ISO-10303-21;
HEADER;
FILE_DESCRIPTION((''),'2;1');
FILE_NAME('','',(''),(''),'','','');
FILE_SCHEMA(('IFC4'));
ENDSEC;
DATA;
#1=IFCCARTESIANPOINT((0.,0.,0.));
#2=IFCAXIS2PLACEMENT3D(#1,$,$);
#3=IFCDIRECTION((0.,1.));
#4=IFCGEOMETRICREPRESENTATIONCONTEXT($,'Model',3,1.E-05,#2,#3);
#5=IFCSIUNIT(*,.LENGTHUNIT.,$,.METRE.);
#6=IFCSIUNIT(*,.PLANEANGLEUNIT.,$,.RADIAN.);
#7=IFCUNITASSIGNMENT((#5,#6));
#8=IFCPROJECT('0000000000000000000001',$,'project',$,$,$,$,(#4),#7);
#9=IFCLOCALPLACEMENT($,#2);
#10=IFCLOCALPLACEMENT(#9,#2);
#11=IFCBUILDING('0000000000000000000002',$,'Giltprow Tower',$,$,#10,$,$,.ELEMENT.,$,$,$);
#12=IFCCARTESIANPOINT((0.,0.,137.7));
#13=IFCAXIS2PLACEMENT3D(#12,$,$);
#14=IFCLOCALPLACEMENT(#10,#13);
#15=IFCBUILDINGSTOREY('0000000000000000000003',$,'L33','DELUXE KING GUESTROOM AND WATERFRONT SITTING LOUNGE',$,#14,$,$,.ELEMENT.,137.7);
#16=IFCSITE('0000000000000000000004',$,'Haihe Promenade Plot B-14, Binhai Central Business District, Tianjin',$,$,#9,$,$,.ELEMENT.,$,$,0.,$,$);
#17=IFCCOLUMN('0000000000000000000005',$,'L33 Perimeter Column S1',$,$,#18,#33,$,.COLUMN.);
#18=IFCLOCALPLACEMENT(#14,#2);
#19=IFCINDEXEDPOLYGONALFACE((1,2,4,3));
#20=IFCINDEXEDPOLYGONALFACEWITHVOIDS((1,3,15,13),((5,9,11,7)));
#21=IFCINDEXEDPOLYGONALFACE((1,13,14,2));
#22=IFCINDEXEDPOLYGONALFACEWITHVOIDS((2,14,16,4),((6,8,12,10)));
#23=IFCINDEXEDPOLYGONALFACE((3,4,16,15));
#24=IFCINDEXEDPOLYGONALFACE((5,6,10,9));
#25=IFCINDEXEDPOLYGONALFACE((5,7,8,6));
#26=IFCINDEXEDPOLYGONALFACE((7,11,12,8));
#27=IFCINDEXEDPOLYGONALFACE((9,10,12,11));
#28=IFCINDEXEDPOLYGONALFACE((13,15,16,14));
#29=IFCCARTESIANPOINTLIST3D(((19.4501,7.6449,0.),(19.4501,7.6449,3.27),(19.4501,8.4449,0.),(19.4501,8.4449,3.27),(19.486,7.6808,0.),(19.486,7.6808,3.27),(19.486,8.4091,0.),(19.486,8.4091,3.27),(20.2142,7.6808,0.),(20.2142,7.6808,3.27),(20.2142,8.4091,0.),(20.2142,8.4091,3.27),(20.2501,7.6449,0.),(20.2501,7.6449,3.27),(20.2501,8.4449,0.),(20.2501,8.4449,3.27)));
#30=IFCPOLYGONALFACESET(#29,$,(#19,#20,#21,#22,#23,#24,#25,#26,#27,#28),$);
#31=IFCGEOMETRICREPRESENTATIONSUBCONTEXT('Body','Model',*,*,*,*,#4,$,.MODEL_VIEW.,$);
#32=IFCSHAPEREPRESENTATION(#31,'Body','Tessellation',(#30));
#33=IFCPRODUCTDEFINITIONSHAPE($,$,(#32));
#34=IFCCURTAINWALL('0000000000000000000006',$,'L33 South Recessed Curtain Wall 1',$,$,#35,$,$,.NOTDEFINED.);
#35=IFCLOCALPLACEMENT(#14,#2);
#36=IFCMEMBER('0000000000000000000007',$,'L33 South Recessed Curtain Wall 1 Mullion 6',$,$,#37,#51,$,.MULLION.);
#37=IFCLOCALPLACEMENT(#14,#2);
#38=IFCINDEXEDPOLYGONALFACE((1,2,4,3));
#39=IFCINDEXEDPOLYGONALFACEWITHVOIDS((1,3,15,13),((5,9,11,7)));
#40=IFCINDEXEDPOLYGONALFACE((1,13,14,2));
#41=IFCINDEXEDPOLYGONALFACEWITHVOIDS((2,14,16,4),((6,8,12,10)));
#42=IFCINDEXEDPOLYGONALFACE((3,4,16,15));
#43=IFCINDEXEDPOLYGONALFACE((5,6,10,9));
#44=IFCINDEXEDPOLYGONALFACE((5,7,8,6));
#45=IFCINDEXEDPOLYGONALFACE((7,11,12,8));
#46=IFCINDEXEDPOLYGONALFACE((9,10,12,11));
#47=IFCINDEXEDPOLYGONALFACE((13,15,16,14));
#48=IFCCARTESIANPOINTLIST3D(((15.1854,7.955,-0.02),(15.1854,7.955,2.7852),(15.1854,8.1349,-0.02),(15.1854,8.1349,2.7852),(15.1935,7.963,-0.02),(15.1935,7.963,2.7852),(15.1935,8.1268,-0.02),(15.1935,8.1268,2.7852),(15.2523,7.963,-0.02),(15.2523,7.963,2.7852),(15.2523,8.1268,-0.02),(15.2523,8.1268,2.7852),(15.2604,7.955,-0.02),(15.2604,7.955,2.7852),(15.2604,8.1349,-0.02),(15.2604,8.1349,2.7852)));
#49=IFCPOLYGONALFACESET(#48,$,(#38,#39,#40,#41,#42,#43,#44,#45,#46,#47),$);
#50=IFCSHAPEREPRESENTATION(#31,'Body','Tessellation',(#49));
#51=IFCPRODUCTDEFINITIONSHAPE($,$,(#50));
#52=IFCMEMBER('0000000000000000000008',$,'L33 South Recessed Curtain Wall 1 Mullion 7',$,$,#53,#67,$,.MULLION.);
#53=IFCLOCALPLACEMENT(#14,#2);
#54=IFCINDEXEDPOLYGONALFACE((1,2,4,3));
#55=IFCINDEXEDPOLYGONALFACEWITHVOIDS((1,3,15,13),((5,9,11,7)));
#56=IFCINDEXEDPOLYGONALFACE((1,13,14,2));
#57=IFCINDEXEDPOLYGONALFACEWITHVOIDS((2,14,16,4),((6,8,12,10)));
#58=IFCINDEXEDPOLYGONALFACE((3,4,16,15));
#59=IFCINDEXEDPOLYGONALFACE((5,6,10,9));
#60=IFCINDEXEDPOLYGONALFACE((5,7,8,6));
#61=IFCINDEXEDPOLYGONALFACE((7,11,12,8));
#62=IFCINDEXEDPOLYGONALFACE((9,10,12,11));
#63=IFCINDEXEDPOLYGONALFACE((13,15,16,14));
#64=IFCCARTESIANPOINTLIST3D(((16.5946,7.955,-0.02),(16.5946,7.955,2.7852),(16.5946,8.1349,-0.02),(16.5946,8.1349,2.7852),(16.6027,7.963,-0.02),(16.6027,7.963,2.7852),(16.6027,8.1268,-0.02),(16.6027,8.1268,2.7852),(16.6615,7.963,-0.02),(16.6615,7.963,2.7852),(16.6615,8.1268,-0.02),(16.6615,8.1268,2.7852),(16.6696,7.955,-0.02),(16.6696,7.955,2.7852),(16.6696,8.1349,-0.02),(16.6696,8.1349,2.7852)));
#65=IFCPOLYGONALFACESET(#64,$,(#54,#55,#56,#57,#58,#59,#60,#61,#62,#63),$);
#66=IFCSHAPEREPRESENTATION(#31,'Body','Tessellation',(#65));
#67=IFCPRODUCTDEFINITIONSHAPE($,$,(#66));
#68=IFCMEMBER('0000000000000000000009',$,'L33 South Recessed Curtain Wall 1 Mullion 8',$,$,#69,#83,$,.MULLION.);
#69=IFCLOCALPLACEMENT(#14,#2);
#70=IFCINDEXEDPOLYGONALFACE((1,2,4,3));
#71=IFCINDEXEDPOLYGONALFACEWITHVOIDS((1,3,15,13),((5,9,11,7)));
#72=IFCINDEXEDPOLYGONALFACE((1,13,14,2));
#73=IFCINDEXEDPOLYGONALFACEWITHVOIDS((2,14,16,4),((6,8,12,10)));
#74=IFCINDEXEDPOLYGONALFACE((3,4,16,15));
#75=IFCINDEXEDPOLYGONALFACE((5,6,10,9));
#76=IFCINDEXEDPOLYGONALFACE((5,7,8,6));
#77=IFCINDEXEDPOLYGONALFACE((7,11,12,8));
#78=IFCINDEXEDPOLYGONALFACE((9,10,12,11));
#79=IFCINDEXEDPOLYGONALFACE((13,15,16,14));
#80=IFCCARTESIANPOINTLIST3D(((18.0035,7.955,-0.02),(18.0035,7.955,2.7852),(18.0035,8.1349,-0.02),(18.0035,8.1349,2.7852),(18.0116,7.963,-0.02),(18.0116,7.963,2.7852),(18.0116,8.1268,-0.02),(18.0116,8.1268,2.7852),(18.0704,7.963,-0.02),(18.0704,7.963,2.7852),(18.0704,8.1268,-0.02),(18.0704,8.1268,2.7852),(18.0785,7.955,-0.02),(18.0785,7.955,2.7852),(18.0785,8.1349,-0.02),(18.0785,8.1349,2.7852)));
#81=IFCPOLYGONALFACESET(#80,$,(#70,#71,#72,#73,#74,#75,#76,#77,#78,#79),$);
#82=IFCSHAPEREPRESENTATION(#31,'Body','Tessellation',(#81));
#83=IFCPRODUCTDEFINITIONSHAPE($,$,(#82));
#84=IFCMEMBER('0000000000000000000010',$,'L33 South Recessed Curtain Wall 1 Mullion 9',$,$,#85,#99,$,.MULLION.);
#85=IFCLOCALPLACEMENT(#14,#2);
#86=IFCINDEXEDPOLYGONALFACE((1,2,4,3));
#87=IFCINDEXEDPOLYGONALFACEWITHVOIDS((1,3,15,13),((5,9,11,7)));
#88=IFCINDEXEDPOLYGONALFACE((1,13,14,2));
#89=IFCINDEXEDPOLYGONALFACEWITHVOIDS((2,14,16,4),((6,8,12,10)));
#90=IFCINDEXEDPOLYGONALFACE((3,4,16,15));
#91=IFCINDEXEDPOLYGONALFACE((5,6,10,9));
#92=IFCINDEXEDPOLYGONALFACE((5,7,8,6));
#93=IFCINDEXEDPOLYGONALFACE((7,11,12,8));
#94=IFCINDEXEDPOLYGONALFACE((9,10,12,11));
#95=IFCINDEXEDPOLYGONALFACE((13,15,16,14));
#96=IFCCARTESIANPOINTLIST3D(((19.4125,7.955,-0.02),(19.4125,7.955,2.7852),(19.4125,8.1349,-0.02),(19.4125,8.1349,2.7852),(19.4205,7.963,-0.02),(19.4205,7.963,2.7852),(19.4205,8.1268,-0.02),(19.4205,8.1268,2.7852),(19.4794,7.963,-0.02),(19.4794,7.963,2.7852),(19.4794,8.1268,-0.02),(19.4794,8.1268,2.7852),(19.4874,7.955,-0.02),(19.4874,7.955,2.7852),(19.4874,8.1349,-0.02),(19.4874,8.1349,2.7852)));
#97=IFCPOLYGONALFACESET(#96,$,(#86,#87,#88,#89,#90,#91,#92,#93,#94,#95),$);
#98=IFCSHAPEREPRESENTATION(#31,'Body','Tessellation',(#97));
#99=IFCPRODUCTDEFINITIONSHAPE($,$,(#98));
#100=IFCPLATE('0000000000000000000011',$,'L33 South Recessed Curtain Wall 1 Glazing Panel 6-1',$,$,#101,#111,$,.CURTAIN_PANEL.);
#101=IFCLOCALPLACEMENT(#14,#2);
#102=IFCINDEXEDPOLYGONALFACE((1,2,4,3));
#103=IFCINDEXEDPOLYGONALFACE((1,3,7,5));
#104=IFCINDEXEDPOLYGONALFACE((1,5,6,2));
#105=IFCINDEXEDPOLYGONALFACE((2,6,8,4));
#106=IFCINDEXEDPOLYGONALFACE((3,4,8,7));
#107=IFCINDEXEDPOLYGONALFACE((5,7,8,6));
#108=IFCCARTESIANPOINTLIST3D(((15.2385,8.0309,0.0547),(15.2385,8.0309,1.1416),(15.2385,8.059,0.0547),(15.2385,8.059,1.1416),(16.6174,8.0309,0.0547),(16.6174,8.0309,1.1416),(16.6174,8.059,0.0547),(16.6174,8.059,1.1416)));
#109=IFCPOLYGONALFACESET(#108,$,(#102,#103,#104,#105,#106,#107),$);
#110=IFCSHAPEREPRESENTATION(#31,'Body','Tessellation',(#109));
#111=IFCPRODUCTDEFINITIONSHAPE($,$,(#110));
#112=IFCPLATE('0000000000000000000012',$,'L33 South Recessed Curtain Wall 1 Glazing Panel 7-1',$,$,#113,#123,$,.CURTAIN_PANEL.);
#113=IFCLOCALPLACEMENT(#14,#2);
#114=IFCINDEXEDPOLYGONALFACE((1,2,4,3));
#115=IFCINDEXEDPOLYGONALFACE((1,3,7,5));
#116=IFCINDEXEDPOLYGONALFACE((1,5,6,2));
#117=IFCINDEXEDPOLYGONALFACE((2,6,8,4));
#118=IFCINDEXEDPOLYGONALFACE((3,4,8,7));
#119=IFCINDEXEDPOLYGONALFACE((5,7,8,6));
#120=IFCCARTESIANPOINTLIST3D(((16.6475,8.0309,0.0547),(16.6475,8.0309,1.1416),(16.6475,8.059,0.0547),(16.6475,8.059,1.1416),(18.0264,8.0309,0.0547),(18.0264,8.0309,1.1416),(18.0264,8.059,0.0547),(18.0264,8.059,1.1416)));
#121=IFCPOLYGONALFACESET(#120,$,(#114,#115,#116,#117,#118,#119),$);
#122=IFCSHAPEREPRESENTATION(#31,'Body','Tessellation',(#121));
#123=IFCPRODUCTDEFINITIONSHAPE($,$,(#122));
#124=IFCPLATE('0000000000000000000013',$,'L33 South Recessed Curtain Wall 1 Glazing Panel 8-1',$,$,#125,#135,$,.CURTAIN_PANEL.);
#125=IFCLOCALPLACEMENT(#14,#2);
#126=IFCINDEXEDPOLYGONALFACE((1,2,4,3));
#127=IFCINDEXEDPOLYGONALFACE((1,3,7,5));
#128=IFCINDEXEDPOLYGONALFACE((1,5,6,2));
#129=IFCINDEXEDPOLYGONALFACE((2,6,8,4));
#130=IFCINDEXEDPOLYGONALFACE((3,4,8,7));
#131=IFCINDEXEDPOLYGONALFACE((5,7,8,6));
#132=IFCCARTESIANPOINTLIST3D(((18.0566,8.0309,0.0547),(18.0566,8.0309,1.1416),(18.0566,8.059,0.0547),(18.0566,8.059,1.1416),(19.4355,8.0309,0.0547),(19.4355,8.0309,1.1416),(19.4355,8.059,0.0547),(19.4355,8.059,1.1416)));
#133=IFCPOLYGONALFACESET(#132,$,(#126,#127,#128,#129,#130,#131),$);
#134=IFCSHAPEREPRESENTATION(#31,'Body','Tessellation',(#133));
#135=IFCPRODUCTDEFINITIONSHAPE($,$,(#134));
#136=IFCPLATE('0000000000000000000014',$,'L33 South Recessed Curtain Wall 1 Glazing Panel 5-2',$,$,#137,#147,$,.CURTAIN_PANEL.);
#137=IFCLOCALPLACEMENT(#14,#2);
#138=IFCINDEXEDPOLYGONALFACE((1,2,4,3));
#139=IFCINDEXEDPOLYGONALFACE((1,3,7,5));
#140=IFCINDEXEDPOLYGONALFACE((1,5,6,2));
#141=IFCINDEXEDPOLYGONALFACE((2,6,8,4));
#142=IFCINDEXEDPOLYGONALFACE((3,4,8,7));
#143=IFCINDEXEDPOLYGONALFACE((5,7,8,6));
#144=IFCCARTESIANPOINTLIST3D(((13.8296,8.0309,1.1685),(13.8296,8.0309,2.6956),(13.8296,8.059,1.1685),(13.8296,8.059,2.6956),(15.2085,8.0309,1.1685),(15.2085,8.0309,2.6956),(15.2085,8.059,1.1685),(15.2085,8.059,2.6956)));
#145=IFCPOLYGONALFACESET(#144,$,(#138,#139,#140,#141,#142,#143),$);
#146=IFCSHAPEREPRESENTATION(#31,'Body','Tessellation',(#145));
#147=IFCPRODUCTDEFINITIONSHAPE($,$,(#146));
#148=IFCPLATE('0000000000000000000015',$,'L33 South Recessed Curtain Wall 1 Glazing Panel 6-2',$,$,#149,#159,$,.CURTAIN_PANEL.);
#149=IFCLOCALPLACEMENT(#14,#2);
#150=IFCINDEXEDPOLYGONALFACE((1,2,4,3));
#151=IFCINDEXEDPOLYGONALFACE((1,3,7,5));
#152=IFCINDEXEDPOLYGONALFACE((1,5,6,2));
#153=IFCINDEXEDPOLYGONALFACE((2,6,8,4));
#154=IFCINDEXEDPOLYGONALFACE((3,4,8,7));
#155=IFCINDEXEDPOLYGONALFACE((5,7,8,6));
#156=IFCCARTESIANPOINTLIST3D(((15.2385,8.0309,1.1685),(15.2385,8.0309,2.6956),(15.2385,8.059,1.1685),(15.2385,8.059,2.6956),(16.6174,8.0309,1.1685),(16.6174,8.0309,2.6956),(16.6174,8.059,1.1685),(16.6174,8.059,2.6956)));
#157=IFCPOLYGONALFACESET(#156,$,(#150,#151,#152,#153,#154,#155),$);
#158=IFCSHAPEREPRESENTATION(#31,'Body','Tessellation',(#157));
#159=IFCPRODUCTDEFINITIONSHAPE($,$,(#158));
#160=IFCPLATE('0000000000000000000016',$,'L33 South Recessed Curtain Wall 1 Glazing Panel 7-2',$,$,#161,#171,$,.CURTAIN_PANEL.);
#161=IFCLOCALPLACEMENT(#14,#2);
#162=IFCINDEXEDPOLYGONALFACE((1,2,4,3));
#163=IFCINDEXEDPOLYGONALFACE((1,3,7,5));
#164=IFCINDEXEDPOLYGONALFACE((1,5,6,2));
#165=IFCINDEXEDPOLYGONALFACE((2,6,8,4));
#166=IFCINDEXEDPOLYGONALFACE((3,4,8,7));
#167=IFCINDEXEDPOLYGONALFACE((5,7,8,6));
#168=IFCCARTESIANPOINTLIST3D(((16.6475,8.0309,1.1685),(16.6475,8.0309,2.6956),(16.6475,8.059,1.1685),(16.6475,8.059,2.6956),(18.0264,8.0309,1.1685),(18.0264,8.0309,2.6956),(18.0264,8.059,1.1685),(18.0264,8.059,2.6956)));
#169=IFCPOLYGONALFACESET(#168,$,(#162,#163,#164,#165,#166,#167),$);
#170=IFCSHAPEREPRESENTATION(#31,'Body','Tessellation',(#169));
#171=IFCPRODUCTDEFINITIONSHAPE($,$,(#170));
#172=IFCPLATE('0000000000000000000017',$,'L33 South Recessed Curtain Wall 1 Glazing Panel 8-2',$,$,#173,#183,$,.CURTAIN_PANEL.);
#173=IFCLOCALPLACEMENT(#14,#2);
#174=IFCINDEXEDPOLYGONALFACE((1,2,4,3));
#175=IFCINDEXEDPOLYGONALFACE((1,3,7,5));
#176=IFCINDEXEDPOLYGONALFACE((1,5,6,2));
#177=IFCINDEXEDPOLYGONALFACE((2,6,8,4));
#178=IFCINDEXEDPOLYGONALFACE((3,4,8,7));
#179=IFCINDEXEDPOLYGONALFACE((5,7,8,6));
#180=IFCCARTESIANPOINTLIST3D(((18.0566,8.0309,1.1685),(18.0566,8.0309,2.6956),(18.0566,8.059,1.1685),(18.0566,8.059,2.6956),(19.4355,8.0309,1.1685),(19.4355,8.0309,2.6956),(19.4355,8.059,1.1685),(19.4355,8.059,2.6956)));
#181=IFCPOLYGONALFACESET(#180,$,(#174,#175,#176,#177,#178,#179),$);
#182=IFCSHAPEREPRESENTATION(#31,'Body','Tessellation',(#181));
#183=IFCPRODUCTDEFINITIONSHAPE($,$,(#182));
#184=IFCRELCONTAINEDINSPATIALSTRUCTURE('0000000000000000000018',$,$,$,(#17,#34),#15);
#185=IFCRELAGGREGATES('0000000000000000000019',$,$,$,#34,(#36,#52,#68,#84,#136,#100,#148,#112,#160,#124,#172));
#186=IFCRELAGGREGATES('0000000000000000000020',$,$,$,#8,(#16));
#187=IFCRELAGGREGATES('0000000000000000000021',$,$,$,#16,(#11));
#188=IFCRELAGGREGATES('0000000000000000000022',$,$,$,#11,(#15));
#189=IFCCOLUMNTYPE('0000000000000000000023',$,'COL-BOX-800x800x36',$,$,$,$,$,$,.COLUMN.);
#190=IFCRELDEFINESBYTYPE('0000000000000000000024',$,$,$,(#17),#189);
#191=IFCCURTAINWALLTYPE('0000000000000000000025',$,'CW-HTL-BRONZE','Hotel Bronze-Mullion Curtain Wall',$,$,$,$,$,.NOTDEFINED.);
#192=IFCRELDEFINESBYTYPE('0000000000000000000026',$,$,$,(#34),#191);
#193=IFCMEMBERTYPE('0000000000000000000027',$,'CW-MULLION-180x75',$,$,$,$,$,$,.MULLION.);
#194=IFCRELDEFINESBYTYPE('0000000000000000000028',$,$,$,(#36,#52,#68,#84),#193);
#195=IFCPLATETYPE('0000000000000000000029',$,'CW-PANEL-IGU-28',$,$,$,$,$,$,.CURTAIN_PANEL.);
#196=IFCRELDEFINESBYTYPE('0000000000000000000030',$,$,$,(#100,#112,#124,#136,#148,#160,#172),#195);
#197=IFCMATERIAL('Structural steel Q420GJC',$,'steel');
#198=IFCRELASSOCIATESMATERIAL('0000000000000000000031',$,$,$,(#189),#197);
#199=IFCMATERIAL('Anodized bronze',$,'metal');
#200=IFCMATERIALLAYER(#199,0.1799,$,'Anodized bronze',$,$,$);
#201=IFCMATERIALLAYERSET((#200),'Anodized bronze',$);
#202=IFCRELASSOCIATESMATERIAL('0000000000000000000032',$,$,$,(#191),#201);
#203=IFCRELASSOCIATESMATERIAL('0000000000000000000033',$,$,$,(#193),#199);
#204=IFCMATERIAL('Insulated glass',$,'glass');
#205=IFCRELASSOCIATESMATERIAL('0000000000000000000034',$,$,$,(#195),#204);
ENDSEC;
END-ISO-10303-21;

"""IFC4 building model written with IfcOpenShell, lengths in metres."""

from ifc_helpers import new_model, si_unit, direction, frame, origin, origin_2d, place, context, subcontext, project, spatial, rectangle, hollow_rectangle, extrude, source, transform, mapped, material, layer, layer_set, material_profile, profile_set, type_object, element, aggregate, save


model = new_model("IFC4")

# Units and contexts
model_context = context("Model", 3, precision=1e-05, world=origin(), true_north=direction((0.0, 1.0)))
body_context = subcontext(model_context, "Body", "Model", "MODEL_VIEW")
ifc_project = project(units=[si_unit("LENGTHUNIT", "METRE"), si_unit("PLANEANGLEUNIT", "RADIAN")], contexts=[model_context])

# Site, building, storey
site_placement = place(None, origin())
site = spatial("IfcSite", under=ifc_project, at=site_placement, Name="Haihe Promenade Plot B-14, Binhai Central Business District, Tianjin", CompositionType="ELEMENT", RefElevation=0.0)
building_placement = place(site_placement, origin())
building = spatial("IfcBuilding", under=site, at=building_placement, Name="Giltprow Tower", CompositionType="ELEMENT")
storey_placement = place(building_placement, frame((0.0, 0.0, 137.7)))
storey = spatial("IfcBuildingStorey", under=building, at=storey_placement, Name="L33", Description="DELUXE KING GUESTROOM AND WATERFRONT SITTING LOUNGE", CompositionType="ELEMENT", Elevation=137.7)

# Column
ifc_material_1 = material(Name="Structural steel Q420GJC", Category="steel")
ifc_material_profile_1 = material_profile(ifc_material_1, hollow_rectangle(XDim=0.8, YDim=0.8, WallThickness=0.0359, at=origin_2d()), Name="BOX 800x800x36")
ifc_profile_set_1 = profile_set([ifc_material_profile_1], Name="Structural steel Q420GJC")
column_type = type_object("IfcColumnType", Name="COL-BOX-800x800x36", PredefinedType="COLUMN", material=ifc_profile_set_1)
shared_shape_1 = source(origin(), body_context, "Body", "SweptSolid", [
    extrude(hollow_rectangle(XDim=0.8, YDim=0.8, WallThickness=0.0359, at=origin_2d()), origin(), (0.0, 0.0, 1.0), 3.27),
])
column_placement = place(storey_placement, frame((19.8501, 8.0449, 0.0), z_axis=(0.0, 0.0, 1.0), x_axis=(1.0, 0.0, 0.0)))
element("IfcColumn", 1, at=column_placement, inside=storey, type_object=column_type, Name="L33 Perimeter Column S1", PredefinedType="COLUMN", context=body_context, shape_type="MappedRepresentation", body=[
    mapped(shared_shape_1, transform((0.0, 0.0, 0.0), x_axis=(1.0, 0.0, 0.0), y_axis=(0.0, 1.0, 0.0), z_axis=(0.0, 0.0, 1.0), scale=1.0)),
])

# Curtain wall, members, plates
ifc_material_2 = material(Name="Anodized bronze", Category="metal")
ifc_layer = layer(ifc_material_2, 0.1799, Name="Anodized bronze")
ifc_layer_set = layer_set([ifc_layer], Name="Anodized bronze")
curtain_wall_type = type_object("IfcCurtainWallType", Name="CW-HTL-BRONZE", Description="Hotel Bronze-Mullion Curtain Wall", PredefinedType="NOTDEFINED", material=ifc_layer_set)
curtain_wall_placement = place(storey_placement, origin())
curtain_wall = element("IfcCurtainWall", 2, at=curtain_wall_placement, inside=storey, type_object=curtain_wall_type, Name="L33 South Recessed Curtain Wall 1", PredefinedType="NOTDEFINED")
ifc_material_profile_2 = material_profile(ifc_material_2, hollow_rectangle(XDim=0.075, YDim=0.1799, WallThickness=0.0081, at=origin_2d()), Name="RHS 180x75x8")
ifc_profile_set_2 = profile_set([ifc_material_profile_2], Name="Anodized bronze")
member_type = type_object("IfcMemberType", Name="CW-MULLION-180x75", PredefinedType="MULLION", material=ifc_profile_set_2)
shared_shape_2 = source(origin(), body_context, "Body", "SweptSolid", [
    extrude(hollow_rectangle(XDim=0.075, YDim=0.1799, WallThickness=0.0081, at=origin_2d()), origin(), (0.0, 0.0, 1.0), 2.8052),
])
member_1_placement = place(storey_placement, frame((15.2229, 8.0449, -0.02), z_axis=(0.0, 0.0, 1.0), x_axis=(1.0, 0.0, 0.0)))
member_1 = element("IfcMember", 3, at=member_1_placement, type_object=member_type, Name="L33 South Recessed Curtain Wall 1 Mullion 6", PredefinedType="MULLION", context=body_context, shape_type="MappedRepresentation", body=[
    mapped(shared_shape_2, transform((0.0, 0.0, 0.0), x_axis=(1.0, 0.0, 0.0), y_axis=(0.0, 1.0, 0.0), z_axis=(0.0, 0.0, 1.0), scale=1.0)),
])
member_2_placement = place(storey_placement, frame((16.6321, 8.0449, -0.02), z_axis=(0.0, 0.0, 1.0), x_axis=(1.0, 0.0, 0.0)))
member_2 = element("IfcMember", 4, at=member_2_placement, type_object=member_type, Name="L33 South Recessed Curtain Wall 1 Mullion 7", PredefinedType="MULLION", context=body_context, shape_type="MappedRepresentation", body=[
    mapped(shared_shape_2, transform((0.0, 0.0, 0.0), x_axis=(1.0, 0.0, 0.0), y_axis=(0.0, 1.0, 0.0), z_axis=(0.0, 0.0, 1.0), scale=1.0)),
])
member_3_placement = place(storey_placement, frame((18.041, 8.0449, -0.02), z_axis=(0.0, 0.0, 1.0), x_axis=(1.0, 0.0, 0.0)))
member_3 = element("IfcMember", 5, at=member_3_placement, type_object=member_type, Name="L33 South Recessed Curtain Wall 1 Mullion 8", PredefinedType="MULLION", context=body_context, shape_type="MappedRepresentation", body=[
    mapped(shared_shape_2, transform((0.0, 0.0, 0.0), x_axis=(1.0, 0.0, 0.0), y_axis=(0.0, 1.0, 0.0), z_axis=(0.0, 0.0, 1.0), scale=1.0)),
])
member_4_placement = place(storey_placement, frame((19.45, 8.0449, -0.02), z_axis=(0.0, 0.0, 1.0), x_axis=(1.0, 0.0, 0.0)))
member_4 = element("IfcMember", 6, at=member_4_placement, type_object=member_type, Name="L33 South Recessed Curtain Wall 1 Mullion 9", PredefinedType="MULLION", context=body_context, shape_type="MappedRepresentation", body=[
    mapped(shared_shape_2, transform((0.0, 0.0, 0.0), x_axis=(1.0, 0.0, 0.0), y_axis=(0.0, 1.0, 0.0), z_axis=(0.0, 0.0, 1.0), scale=1.0)),
])
ifc_material_3 = material(Name="Insulated glass", Category="glass")
plate_type = type_object("IfcPlateType", Name="CW-PANEL-IGU-28", PredefinedType="CURTAIN_PANEL", material=ifc_material_3)
shared_shape_3 = source(origin(), body_context, "Body", "SweptSolid", [
    extrude(rectangle(XDim=1.3789, YDim=0.0281, at=origin_2d()), origin(), (0.0, 0.0, 1.0), 1.0869),
])
plate_1_placement = place(storey_placement, frame((15.928, 8.0449, 0.0547), z_axis=(0.0, 0.0, 1.0), x_axis=(1.0, 0.0, 0.0)))
plate_1 = element("IfcPlate", 7, at=plate_1_placement, type_object=plate_type, Name="L33 South Recessed Curtain Wall 1 Glazing Panel 6-1", PredefinedType="CURTAIN_PANEL", context=body_context, shape_type="MappedRepresentation", body=[
    mapped(shared_shape_3, transform((0.0, 0.0, 0.0), x_axis=(1.0, 0.0, 0.0), y_axis=(0.0, 1.0, 0.0), z_axis=(0.0, 0.0, 1.0), scale=1.0)),
])
plate_2_placement = place(storey_placement, frame((17.3369, 8.0449, 0.0547), z_axis=(0.0, 0.0, 1.0), x_axis=(1.0, 0.0, 0.0)))
plate_2 = element("IfcPlate", 8, at=plate_2_placement, type_object=plate_type, Name="L33 South Recessed Curtain Wall 1 Glazing Panel 7-1", PredefinedType="CURTAIN_PANEL", context=body_context, shape_type="MappedRepresentation", body=[
    mapped(shared_shape_3, transform((0.0, 0.0, 0.0), x_axis=(1.0, 0.0, 0.0), y_axis=(0.0, 1.0, 0.0), z_axis=(0.0, 0.0, 1.0), scale=1.0)),
])
plate_3_placement = place(storey_placement, frame((18.7461, 8.0449, 0.0547), z_axis=(0.0, 0.0, 1.0), x_axis=(1.0, 0.0, 0.0)))
plate_3 = element("IfcPlate", 9, at=plate_3_placement, type_object=plate_type, Name="L33 South Recessed Curtain Wall 1 Glazing Panel 8-1", PredefinedType="CURTAIN_PANEL", context=body_context, shape_type="MappedRepresentation", body=[
    mapped(shared_shape_3, transform((0.0, 0.0, 0.0), x_axis=(1.0, 0.0, 0.0), y_axis=(0.0, 1.0, 0.0), z_axis=(0.0, 0.0, 1.0), scale=1.0)),
])
shared_shape_4 = source(origin(), body_context, "Body", "SweptSolid", [
    extrude(rectangle(XDim=1.3789, YDim=0.0281, at=origin_2d()), origin(), (0.0, 0.0, 1.0), 1.5271),
])
plate_4_placement = place(storey_placement, frame((14.519, 8.0449, 1.1685), z_axis=(0.0, 0.0, 1.0), x_axis=(1.0, 0.0, 0.0)))
plate_4 = element("IfcPlate", 10, at=plate_4_placement, type_object=plate_type, Name="L33 South Recessed Curtain Wall 1 Glazing Panel 5-2", PredefinedType="CURTAIN_PANEL", context=body_context, shape_type="MappedRepresentation", body=[
    mapped(shared_shape_4, transform((0.0, 0.0, 0.0), x_axis=(1.0, 0.0, 0.0), y_axis=(0.0, 1.0, 0.0), z_axis=(0.0, 0.0, 1.0), scale=1.0)),
])
plate_5_placement = place(storey_placement, frame((15.928, 8.0449, 1.1685), z_axis=(0.0, 0.0, 1.0), x_axis=(1.0, 0.0, 0.0)))
plate_5 = element("IfcPlate", 11, at=plate_5_placement, type_object=plate_type, Name="L33 South Recessed Curtain Wall 1 Glazing Panel 6-2", PredefinedType="CURTAIN_PANEL", context=body_context, shape_type="MappedRepresentation", body=[
    mapped(shared_shape_4, transform((0.0, 0.0, 0.0), x_axis=(1.0, 0.0, 0.0), y_axis=(0.0, 1.0, 0.0), z_axis=(0.0, 0.0, 1.0), scale=1.0)),
])
plate_6_placement = place(storey_placement, frame((17.3369, 8.0449, 1.1685), z_axis=(0.0, 0.0, 1.0), x_axis=(1.0, 0.0, 0.0)))
plate_6 = element("IfcPlate", 12, at=plate_6_placement, type_object=plate_type, Name="L33 South Recessed Curtain Wall 1 Glazing Panel 7-2", PredefinedType="CURTAIN_PANEL", context=body_context, shape_type="MappedRepresentation", body=[
    mapped(shared_shape_4, transform((0.0, 0.0, 0.0), x_axis=(1.0, 0.0, 0.0), y_axis=(0.0, 1.0, 0.0), z_axis=(0.0, 0.0, 1.0), scale=1.0)),
])
plate_7_placement = place(storey_placement, frame((18.7461, 8.0449, 1.1685), z_axis=(0.0, 0.0, 1.0), x_axis=(1.0, 0.0, 0.0)))
plate_7 = element("IfcPlate", 13, at=plate_7_placement, type_object=plate_type, Name="L33 South Recessed Curtain Wall 1 Glazing Panel 8-2", PredefinedType="CURTAIN_PANEL", context=body_context, shape_type="MappedRepresentation", body=[
    mapped(shared_shape_4, transform((0.0, 0.0, 0.0), x_axis=(1.0, 0.0, 0.0), y_axis=(0.0, 1.0, 0.0), z_axis=(0.0, 0.0, 1.0), scale=1.0)),
])
aggregate(curtain_wall, [member_1, member_2, member_3, member_4, plate_4, plate_1, plate_5, plate_2, plate_6, plate_3, plate_7])

save(model, "model.ifc")
